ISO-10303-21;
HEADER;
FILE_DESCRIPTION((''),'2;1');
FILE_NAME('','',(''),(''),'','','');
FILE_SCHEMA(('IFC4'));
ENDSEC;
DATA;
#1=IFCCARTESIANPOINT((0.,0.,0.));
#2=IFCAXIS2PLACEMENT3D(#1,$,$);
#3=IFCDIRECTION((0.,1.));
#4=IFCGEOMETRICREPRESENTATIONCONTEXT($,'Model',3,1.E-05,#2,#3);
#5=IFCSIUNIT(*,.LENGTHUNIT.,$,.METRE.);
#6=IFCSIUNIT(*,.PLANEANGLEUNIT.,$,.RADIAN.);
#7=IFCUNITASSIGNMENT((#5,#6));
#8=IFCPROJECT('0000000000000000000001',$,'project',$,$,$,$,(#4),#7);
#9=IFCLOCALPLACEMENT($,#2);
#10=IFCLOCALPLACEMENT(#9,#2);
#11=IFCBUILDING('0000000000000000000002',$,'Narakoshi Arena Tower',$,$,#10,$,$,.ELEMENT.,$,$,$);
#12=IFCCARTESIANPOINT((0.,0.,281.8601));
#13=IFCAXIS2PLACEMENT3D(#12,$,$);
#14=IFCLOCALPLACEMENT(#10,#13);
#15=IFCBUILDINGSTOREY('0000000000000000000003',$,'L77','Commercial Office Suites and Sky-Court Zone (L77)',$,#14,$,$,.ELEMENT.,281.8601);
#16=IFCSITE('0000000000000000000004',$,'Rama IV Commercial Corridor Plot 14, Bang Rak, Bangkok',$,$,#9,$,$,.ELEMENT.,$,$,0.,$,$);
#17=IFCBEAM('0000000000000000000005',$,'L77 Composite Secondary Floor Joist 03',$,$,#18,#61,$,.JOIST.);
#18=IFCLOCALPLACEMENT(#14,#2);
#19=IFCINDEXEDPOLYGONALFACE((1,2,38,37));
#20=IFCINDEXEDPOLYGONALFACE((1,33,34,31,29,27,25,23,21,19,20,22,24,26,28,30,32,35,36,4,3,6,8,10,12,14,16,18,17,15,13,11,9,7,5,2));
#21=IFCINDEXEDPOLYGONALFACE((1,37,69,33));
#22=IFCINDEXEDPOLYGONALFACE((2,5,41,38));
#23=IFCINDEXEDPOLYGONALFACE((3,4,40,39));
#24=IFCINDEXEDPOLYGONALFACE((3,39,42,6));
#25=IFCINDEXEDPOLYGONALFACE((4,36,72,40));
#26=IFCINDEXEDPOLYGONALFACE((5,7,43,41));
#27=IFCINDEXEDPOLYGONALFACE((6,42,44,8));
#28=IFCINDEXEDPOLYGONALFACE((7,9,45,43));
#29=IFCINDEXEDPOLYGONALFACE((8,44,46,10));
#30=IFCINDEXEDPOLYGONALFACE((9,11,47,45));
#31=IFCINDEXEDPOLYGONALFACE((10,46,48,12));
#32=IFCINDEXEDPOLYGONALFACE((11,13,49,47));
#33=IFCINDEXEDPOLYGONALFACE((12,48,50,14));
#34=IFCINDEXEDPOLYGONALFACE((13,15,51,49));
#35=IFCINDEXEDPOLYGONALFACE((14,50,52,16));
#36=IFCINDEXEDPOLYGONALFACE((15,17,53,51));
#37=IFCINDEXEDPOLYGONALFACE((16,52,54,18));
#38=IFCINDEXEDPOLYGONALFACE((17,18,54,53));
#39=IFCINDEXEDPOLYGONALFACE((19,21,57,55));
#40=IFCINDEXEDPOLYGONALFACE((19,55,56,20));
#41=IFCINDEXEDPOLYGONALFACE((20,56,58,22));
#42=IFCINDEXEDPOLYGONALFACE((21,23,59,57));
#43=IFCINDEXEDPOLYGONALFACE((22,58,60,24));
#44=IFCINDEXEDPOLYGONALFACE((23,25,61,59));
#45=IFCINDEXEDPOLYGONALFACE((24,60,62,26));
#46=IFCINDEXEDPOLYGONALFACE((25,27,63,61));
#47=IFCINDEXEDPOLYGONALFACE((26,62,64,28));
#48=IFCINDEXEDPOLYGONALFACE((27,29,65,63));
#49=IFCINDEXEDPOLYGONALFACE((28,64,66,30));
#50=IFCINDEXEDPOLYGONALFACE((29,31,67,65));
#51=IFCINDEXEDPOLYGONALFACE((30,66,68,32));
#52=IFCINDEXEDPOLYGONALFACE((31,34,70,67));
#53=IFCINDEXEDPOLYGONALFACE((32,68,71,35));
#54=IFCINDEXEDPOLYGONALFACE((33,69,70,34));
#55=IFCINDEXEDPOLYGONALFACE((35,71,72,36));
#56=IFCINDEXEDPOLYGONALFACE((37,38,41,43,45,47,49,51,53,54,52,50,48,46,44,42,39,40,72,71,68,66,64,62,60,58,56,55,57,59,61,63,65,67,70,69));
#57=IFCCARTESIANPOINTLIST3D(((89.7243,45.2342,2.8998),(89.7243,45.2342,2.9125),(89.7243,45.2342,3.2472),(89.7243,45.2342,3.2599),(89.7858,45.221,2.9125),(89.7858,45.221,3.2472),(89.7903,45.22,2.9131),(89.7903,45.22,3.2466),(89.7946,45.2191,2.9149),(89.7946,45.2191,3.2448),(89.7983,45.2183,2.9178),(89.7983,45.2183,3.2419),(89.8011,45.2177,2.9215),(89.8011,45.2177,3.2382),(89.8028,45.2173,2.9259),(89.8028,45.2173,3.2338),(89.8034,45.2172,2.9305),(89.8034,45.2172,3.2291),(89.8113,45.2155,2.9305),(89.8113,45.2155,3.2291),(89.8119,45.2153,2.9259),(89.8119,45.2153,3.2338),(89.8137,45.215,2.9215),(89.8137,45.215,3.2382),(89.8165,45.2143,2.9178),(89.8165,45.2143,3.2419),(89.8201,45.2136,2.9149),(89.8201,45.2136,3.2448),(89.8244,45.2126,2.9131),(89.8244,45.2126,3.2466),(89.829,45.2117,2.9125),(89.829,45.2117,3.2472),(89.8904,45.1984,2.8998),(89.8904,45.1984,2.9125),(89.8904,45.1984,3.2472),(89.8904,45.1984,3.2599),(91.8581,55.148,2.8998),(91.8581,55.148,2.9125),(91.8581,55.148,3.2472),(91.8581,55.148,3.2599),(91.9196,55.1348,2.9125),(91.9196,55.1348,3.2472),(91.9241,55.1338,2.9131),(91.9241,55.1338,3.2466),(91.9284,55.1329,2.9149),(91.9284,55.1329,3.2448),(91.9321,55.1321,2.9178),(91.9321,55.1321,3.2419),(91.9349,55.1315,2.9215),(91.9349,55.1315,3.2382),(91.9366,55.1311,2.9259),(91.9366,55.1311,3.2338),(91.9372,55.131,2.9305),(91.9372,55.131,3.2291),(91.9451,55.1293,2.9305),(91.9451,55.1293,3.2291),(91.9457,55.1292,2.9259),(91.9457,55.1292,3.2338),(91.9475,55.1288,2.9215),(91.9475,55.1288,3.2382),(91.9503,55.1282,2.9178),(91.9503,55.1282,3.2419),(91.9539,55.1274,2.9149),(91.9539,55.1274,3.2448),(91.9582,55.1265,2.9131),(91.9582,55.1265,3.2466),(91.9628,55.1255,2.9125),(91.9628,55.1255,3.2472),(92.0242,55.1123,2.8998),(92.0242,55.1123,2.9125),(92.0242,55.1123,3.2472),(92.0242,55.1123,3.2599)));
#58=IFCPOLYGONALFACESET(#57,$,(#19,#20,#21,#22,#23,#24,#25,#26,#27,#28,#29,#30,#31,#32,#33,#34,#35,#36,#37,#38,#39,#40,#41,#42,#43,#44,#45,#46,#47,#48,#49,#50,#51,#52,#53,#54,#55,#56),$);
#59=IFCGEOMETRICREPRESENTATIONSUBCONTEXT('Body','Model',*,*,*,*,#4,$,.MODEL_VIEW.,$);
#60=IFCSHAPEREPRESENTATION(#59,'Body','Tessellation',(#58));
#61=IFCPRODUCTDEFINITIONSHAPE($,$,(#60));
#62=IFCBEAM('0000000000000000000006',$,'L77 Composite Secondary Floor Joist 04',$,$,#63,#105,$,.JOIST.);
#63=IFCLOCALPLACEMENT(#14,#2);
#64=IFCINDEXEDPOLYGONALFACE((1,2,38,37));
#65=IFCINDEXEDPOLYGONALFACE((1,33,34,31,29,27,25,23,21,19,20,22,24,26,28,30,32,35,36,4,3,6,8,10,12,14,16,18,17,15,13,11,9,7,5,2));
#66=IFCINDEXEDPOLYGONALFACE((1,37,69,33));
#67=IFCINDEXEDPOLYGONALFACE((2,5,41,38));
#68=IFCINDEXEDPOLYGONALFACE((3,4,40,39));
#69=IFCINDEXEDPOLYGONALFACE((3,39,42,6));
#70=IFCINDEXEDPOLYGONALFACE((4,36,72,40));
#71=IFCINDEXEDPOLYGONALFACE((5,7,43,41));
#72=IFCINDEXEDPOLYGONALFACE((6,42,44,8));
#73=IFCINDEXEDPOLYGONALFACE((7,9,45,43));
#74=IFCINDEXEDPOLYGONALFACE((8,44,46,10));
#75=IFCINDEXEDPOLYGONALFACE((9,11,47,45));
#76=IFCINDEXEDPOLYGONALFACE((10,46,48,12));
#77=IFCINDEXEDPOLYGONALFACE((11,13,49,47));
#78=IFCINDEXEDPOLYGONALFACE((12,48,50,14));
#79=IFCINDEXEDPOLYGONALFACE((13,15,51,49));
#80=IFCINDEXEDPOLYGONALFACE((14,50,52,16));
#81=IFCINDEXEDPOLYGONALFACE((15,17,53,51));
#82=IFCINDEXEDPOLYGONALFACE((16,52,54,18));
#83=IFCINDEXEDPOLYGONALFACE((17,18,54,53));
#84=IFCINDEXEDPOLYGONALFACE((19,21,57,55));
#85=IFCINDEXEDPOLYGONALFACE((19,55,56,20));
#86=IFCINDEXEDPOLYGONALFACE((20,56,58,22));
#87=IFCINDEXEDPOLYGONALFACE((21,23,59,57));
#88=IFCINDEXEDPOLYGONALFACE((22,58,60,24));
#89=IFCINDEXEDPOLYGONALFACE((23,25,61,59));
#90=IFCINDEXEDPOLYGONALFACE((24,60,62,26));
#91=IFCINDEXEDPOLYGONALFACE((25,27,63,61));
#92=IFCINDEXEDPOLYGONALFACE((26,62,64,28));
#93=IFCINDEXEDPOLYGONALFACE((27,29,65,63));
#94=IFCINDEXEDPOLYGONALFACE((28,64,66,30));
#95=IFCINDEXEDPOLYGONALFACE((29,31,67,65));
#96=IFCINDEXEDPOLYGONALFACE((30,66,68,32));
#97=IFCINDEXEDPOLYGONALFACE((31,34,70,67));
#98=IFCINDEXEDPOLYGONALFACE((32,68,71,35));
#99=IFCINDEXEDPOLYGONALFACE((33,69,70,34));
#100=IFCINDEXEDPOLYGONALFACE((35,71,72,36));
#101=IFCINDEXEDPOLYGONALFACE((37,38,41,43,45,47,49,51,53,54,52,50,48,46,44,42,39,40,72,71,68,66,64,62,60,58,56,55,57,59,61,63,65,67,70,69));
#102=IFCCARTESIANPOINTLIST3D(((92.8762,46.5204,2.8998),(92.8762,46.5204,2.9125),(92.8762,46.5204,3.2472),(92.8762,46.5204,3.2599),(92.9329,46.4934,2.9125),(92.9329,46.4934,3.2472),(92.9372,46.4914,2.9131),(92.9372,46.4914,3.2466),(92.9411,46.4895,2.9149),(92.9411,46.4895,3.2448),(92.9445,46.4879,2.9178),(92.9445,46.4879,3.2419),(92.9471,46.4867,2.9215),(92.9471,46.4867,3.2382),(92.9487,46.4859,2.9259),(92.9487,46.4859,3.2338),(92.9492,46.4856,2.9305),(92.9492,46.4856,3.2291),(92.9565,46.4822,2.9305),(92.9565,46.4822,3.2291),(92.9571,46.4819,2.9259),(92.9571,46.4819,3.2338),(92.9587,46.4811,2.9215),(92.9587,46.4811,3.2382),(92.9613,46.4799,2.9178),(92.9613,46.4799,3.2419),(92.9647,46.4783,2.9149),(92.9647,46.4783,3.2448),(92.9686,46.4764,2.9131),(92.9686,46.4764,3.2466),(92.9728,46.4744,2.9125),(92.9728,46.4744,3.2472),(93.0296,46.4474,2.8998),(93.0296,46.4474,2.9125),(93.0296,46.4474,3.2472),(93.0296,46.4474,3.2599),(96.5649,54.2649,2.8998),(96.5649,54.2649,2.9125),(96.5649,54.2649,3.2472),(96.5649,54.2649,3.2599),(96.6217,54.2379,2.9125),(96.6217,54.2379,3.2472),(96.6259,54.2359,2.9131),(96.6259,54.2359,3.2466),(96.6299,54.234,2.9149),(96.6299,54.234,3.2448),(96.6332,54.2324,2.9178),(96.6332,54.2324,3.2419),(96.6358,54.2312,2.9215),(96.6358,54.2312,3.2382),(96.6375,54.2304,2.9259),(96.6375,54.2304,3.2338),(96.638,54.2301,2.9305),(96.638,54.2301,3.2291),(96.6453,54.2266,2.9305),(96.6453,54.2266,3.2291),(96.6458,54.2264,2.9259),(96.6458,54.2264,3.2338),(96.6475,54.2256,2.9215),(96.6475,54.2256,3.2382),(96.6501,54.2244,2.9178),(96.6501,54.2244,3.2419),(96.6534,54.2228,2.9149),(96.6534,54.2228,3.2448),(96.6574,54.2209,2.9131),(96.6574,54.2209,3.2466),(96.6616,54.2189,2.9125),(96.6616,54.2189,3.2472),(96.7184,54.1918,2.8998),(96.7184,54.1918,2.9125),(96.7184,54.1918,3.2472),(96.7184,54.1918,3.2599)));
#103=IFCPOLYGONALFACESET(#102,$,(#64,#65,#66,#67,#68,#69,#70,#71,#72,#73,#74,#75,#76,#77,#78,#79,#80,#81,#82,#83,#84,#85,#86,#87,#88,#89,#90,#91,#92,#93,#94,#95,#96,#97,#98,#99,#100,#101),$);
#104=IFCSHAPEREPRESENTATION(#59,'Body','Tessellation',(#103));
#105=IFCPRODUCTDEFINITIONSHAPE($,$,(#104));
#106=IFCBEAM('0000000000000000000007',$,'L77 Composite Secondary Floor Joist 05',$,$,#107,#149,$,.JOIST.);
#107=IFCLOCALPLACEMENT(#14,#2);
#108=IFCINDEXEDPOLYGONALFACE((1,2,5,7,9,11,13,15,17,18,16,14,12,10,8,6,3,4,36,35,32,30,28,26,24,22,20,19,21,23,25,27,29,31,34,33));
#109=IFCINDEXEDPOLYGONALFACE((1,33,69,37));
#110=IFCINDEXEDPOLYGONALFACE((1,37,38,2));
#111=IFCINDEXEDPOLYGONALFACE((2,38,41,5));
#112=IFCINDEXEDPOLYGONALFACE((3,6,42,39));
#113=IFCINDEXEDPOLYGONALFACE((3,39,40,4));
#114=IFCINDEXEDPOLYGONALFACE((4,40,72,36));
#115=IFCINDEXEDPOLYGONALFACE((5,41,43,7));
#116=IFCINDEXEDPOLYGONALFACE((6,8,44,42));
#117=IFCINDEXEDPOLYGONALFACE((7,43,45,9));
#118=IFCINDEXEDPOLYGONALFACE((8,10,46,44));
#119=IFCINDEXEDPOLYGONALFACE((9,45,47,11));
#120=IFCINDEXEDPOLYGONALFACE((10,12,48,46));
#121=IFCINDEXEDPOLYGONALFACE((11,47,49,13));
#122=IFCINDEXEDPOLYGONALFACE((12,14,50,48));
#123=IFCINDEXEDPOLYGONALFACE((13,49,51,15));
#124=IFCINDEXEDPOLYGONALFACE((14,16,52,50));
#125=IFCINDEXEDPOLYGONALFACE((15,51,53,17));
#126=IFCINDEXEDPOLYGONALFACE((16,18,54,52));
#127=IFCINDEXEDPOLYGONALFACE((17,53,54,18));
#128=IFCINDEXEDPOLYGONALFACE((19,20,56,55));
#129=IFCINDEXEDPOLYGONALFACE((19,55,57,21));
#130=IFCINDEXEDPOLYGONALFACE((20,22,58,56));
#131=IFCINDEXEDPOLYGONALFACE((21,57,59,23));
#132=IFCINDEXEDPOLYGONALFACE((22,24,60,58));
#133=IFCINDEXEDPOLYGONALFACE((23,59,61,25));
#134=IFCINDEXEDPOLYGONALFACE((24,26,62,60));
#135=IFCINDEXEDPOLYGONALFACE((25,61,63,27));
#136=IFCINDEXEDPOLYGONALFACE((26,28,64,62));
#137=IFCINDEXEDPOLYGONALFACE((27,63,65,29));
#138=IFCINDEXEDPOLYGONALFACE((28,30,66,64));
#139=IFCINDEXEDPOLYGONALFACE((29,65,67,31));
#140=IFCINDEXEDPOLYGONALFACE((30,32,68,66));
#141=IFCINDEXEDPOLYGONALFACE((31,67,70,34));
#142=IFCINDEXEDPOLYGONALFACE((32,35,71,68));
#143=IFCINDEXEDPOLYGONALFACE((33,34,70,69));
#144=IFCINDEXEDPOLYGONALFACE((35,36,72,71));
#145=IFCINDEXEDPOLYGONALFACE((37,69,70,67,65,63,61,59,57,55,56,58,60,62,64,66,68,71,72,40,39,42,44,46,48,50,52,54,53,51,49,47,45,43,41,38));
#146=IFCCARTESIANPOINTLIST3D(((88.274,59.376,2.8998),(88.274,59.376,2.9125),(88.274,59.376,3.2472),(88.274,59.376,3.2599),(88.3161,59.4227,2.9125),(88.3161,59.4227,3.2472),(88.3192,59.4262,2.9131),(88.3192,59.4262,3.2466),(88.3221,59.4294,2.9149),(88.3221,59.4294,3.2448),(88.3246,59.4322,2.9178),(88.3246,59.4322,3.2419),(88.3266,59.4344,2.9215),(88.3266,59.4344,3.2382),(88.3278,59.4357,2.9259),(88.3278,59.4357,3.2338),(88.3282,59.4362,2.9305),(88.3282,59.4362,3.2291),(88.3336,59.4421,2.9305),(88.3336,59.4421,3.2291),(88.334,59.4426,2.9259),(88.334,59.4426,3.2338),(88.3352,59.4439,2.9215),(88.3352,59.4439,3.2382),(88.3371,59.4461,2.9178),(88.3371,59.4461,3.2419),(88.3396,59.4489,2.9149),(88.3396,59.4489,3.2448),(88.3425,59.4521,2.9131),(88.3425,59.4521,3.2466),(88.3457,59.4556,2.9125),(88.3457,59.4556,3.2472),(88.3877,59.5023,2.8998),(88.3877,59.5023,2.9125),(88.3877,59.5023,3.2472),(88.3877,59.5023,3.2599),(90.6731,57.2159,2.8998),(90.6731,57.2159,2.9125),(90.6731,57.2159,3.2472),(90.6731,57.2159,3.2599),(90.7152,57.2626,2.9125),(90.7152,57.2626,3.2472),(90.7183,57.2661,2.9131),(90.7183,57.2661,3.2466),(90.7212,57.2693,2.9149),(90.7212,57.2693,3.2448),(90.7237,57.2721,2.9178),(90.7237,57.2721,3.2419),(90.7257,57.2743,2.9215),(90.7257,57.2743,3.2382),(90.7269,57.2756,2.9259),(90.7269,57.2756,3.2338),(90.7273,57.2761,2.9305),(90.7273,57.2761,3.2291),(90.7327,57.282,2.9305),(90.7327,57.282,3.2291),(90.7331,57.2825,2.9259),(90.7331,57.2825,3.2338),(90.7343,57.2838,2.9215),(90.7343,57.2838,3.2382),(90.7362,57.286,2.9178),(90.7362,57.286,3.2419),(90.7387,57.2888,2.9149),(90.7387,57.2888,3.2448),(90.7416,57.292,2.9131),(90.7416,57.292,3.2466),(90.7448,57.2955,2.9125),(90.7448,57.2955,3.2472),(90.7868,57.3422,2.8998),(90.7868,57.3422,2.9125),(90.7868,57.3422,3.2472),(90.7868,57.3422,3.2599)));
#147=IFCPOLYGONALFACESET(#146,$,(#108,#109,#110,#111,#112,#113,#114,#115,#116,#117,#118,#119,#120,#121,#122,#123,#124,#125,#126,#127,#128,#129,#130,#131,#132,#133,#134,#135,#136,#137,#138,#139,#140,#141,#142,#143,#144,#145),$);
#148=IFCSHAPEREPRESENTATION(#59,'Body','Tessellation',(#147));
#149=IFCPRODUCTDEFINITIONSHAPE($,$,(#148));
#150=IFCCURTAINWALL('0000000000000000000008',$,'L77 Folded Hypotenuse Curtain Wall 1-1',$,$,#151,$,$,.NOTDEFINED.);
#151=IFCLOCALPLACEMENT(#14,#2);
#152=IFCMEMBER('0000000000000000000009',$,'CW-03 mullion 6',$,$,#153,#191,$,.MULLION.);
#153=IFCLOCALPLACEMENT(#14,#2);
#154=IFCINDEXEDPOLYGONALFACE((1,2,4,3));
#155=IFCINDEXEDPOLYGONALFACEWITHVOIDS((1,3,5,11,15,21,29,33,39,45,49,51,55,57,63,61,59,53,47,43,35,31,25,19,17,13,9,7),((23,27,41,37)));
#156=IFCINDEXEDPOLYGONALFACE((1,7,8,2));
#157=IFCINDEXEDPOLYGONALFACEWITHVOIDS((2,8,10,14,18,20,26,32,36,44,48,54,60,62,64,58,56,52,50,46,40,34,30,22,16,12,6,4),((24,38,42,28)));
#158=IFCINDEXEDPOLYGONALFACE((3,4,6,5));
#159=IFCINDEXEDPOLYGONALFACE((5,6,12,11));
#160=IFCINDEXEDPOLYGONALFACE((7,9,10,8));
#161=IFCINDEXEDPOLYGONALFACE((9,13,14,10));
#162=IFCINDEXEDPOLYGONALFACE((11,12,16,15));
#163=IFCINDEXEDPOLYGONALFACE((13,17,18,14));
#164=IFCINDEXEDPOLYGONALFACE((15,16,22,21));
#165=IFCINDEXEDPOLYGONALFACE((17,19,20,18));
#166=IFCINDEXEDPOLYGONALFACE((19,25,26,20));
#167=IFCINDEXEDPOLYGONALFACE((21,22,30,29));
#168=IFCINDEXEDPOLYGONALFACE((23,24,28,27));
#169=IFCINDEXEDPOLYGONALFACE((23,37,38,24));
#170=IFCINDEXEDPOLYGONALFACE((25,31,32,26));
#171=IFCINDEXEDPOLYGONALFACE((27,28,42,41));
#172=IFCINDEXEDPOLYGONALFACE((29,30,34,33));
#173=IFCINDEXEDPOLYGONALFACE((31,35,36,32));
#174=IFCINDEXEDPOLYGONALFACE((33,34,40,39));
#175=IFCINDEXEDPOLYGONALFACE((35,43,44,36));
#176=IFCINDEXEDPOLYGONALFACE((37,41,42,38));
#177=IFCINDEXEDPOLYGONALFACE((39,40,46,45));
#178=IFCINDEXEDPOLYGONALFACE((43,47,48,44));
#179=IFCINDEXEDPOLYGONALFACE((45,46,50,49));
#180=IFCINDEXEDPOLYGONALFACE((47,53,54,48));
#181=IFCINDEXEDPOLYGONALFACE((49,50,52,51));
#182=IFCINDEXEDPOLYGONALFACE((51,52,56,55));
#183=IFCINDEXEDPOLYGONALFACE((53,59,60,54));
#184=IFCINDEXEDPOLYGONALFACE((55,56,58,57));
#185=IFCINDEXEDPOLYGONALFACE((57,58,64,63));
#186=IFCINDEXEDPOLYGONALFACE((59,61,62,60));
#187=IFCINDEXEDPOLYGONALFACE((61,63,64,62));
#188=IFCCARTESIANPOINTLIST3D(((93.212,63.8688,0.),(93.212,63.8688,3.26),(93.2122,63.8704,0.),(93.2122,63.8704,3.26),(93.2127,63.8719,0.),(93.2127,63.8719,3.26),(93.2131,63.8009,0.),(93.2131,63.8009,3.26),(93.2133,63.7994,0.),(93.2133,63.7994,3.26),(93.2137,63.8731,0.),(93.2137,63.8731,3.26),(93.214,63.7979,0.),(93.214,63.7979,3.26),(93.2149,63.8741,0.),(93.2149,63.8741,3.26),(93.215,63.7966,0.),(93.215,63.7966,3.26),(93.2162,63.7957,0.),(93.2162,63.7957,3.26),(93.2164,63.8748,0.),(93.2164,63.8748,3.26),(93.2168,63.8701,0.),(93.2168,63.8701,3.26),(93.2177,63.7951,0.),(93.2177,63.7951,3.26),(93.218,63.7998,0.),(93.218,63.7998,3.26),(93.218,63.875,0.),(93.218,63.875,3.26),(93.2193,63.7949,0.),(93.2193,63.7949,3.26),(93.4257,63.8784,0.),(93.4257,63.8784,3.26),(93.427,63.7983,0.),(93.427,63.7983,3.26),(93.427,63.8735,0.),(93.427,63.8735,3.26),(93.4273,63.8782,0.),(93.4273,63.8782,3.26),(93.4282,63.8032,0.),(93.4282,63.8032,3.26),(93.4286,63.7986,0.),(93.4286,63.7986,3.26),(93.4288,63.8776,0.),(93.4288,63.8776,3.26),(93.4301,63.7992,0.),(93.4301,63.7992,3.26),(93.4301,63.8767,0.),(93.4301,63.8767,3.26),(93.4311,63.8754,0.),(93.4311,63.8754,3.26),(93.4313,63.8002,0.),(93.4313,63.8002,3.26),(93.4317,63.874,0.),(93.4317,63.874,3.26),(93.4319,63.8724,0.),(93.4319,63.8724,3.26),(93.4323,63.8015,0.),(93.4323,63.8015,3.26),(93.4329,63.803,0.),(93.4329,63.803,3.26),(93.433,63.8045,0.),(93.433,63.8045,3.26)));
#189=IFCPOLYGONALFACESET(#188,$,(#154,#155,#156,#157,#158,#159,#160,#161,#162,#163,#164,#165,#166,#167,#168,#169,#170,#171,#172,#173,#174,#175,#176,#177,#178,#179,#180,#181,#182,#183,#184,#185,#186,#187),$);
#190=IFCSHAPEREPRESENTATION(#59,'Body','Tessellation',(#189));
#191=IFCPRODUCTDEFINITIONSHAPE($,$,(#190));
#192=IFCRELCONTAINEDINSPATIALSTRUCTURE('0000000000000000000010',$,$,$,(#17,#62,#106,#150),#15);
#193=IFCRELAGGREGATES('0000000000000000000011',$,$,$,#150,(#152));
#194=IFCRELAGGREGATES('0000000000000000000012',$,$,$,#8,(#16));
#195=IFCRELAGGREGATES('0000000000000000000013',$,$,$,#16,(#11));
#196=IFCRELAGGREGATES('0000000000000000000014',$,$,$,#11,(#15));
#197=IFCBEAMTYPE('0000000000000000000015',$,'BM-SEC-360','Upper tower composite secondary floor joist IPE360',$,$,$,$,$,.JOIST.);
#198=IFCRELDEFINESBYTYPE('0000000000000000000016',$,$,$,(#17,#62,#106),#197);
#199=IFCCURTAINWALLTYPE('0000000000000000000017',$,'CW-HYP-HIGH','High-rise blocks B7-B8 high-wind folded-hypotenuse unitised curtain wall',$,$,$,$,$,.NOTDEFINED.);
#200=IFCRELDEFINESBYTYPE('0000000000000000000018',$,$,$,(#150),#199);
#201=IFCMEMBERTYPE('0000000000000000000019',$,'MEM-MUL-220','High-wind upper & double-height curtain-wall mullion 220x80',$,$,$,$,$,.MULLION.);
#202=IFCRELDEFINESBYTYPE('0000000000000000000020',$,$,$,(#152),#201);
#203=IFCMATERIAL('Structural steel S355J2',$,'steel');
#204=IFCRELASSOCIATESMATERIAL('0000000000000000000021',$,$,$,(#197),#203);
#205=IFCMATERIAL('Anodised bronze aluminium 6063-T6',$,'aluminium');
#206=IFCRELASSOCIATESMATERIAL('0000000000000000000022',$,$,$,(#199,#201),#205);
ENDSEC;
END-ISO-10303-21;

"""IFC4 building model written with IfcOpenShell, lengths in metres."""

from ifc_helpers import new_model, si_unit, direction, frame, origin, origin_2d, place, context, subcontext, project, spatial, hollow_rectangle, i_section, extrude, material, material_profile, profile_set, type_object, element, aggregate, save


model = new_model("IFC4")

# Units and contexts
model_context = context("Model", 3, precision=1e-05, world=origin(), true_north=direction((0.0, 1.0)))
body_context = subcontext(model_context, "Body", "Model", "MODEL_VIEW")
ifc_project = project(units=[si_unit("LENGTHUNIT", "METRE"), si_unit("PLANEANGLEUNIT", "RADIAN")], contexts=[model_context])

# Site, building, storey
site_placement = place(None, origin())
site = spatial("IfcSite", under=ifc_project, at=site_placement, Name="Rama IV Commercial Corridor Plot 14, Bang Rak, Bangkok", CompositionType="ELEMENT", RefElevation=0.0)
building_placement = place(site_placement, origin())
building = spatial("IfcBuilding", under=site, at=building_placement, Name="Narakoshi Arena Tower", CompositionType="ELEMENT")
storey_placement = place(building_placement, frame((0.0, 0.0, 281.8601)))
storey = spatial("IfcBuildingStorey", under=building, at=storey_placement, Name="L77", Description="Commercial Office Suites and Sky-Court Zone (L77)", CompositionType="ELEMENT", Elevation=281.8601)

# Beams
ifc_material_1 = material(Name="Structural steel S355J2", Category="steel")
ifc_material_profile_1 = material_profile(ifc_material_1, i_section(OverallWidth=0.1699, OverallDepth=0.3601, WebThickness=0.0081, FlangeThickness=0.0127, FilletRadius=0.0181, at=origin_2d()), Name="IPE360")
ifc_profile_set_1 = profile_set([ifc_material_profile_1], Name="Structural steel S355J2")
beam_type_1 = type_object("IfcBeamType", Name="BM-SEC-360", Description="Upper tower composite secondary floor joist IPE360", PredefinedType="JOIST", material=ifc_profile_set_1)
beam_1_placement = place(storey_placement, frame((89.8074, 45.2163, 3.0798), z_axis=(0.210415, 0.977612, 0.0), x_axis=(-0.977612, 0.210415, 0.0)))
element("IfcBeam", 1, at=beam_1_placement, inside=storey, type_object=beam_type_1, Name="L77 Composite Secondary Floor Joist 03", PredefinedType="JOIST", context=body_context, shape_type="SweptSolid", body=[
    extrude(i_section(OverallWidth=0.1699, OverallDepth=0.3601, WebThickness=0.0081, FlangeThickness=0.0127, FilletRadius=0.0181, at=origin_2d()), origin(), (0.0, 0.0, 1.0), 10.1409),
])
beam_2_placement = place(storey_placement, frame((92.9529, 46.4839, 3.0798), z_axis=(0.430021, 0.902819, 0.0), x_axis=(-0.902819, 0.430021, 0.0)))
element("IfcBeam", 2, at=beam_2_placement, inside=storey, type_object=beam_type_1, Name="L77 Composite Secondary Floor Joist 04", PredefinedType="JOIST", context=body_context, shape_type="SweptSolid", body=[
    extrude(i_section(OverallWidth=0.1699, OverallDepth=0.3601, WebThickness=0.0081, FlangeThickness=0.0127, FilletRadius=0.0181, at=origin_2d()), origin(), (0.0, 0.0, 1.0), 8.5781),
])
beam_3_placement = place(storey_placement, frame((90.73, 57.2791, 3.0798), z_axis=(-0.743155, 0.669119, 0.0), x_axis=(-0.669119, -0.743155, 0.0)))
element("IfcBeam", 3, at=beam_3_placement, inside=storey, type_object=beam_type_1, Name="L77 Composite Secondary Floor Joist 05", PredefinedType="JOIST", context=body_context, shape_type="SweptSolid", body=[
    extrude(i_section(OverallWidth=0.1699, OverallDepth=0.3601, WebThickness=0.0081, FlangeThickness=0.0127, FilletRadius=0.0181, at=origin_2d()), origin(), (0.0, 0.0, 1.0), 3.2283),
])

# Curtain wall, member
ifc_material_2 = material(Name="Anodised bronze aluminium 6063-T6", Category="aluminium")
curtain_wall_type = type_object("IfcCurtainWallType", Name="CW-HYP-HIGH", Description="High-rise blocks B7-B8 high-wind folded-hypotenuse unitised curtain wall", PredefinedType="NOTDEFINED", material=ifc_material_2)
curtain_wall_placement = place(storey_placement, origin())
curtain_wall = element("IfcCurtainWall", 4, at=curtain_wall_placement, inside=storey, type_object=curtain_wall_type, Name="L77 Folded Hypotenuse Curtain Wall 1-1", PredefinedType="NOTDEFINED")
ifc_material_profile_2 = material_profile(ifc_material_2, hollow_rectangle(XDim=0.0801, YDim=0.22, WallThickness=0.0049, OuterFilletRadius=0.0061, at=origin_2d()), Name="MUL220x80x5")
ifc_profile_set_2 = profile_set([ifc_material_profile_2], Name="Anodised bronze aluminium 6063-T6")
member_type_1 = type_object("IfcMemberType", Name="MEM-MUL-220", Description="High-wind upper & double-height curtain-wall mullion 220x80", PredefinedType="MULLION", material=ifc_profile_set_2)
member_1_placement = place(storey_placement, frame((93.3225, 63.8367, 0.0), z_axis=(0.0, 0.0, 1.0), x_axis=(0.016443, -0.999865, 0.0)))
member_1 = element("IfcMember", 5, at=member_1_placement, type_object=member_type_1, Name="CW-03 mullion 6", PredefinedType="MULLION", context=body_context, shape_type="SweptSolid", body=[
    extrude(hollow_rectangle(XDim=0.0801, YDim=0.22, WallThickness=0.0049, OuterFilletRadius=0.0061, at=origin_2d()), origin(), (0.0, 0.0, 1.0), 3.26),
])
aggregate(curtain_wall, [member_1])

save(model, "model.ifc")
